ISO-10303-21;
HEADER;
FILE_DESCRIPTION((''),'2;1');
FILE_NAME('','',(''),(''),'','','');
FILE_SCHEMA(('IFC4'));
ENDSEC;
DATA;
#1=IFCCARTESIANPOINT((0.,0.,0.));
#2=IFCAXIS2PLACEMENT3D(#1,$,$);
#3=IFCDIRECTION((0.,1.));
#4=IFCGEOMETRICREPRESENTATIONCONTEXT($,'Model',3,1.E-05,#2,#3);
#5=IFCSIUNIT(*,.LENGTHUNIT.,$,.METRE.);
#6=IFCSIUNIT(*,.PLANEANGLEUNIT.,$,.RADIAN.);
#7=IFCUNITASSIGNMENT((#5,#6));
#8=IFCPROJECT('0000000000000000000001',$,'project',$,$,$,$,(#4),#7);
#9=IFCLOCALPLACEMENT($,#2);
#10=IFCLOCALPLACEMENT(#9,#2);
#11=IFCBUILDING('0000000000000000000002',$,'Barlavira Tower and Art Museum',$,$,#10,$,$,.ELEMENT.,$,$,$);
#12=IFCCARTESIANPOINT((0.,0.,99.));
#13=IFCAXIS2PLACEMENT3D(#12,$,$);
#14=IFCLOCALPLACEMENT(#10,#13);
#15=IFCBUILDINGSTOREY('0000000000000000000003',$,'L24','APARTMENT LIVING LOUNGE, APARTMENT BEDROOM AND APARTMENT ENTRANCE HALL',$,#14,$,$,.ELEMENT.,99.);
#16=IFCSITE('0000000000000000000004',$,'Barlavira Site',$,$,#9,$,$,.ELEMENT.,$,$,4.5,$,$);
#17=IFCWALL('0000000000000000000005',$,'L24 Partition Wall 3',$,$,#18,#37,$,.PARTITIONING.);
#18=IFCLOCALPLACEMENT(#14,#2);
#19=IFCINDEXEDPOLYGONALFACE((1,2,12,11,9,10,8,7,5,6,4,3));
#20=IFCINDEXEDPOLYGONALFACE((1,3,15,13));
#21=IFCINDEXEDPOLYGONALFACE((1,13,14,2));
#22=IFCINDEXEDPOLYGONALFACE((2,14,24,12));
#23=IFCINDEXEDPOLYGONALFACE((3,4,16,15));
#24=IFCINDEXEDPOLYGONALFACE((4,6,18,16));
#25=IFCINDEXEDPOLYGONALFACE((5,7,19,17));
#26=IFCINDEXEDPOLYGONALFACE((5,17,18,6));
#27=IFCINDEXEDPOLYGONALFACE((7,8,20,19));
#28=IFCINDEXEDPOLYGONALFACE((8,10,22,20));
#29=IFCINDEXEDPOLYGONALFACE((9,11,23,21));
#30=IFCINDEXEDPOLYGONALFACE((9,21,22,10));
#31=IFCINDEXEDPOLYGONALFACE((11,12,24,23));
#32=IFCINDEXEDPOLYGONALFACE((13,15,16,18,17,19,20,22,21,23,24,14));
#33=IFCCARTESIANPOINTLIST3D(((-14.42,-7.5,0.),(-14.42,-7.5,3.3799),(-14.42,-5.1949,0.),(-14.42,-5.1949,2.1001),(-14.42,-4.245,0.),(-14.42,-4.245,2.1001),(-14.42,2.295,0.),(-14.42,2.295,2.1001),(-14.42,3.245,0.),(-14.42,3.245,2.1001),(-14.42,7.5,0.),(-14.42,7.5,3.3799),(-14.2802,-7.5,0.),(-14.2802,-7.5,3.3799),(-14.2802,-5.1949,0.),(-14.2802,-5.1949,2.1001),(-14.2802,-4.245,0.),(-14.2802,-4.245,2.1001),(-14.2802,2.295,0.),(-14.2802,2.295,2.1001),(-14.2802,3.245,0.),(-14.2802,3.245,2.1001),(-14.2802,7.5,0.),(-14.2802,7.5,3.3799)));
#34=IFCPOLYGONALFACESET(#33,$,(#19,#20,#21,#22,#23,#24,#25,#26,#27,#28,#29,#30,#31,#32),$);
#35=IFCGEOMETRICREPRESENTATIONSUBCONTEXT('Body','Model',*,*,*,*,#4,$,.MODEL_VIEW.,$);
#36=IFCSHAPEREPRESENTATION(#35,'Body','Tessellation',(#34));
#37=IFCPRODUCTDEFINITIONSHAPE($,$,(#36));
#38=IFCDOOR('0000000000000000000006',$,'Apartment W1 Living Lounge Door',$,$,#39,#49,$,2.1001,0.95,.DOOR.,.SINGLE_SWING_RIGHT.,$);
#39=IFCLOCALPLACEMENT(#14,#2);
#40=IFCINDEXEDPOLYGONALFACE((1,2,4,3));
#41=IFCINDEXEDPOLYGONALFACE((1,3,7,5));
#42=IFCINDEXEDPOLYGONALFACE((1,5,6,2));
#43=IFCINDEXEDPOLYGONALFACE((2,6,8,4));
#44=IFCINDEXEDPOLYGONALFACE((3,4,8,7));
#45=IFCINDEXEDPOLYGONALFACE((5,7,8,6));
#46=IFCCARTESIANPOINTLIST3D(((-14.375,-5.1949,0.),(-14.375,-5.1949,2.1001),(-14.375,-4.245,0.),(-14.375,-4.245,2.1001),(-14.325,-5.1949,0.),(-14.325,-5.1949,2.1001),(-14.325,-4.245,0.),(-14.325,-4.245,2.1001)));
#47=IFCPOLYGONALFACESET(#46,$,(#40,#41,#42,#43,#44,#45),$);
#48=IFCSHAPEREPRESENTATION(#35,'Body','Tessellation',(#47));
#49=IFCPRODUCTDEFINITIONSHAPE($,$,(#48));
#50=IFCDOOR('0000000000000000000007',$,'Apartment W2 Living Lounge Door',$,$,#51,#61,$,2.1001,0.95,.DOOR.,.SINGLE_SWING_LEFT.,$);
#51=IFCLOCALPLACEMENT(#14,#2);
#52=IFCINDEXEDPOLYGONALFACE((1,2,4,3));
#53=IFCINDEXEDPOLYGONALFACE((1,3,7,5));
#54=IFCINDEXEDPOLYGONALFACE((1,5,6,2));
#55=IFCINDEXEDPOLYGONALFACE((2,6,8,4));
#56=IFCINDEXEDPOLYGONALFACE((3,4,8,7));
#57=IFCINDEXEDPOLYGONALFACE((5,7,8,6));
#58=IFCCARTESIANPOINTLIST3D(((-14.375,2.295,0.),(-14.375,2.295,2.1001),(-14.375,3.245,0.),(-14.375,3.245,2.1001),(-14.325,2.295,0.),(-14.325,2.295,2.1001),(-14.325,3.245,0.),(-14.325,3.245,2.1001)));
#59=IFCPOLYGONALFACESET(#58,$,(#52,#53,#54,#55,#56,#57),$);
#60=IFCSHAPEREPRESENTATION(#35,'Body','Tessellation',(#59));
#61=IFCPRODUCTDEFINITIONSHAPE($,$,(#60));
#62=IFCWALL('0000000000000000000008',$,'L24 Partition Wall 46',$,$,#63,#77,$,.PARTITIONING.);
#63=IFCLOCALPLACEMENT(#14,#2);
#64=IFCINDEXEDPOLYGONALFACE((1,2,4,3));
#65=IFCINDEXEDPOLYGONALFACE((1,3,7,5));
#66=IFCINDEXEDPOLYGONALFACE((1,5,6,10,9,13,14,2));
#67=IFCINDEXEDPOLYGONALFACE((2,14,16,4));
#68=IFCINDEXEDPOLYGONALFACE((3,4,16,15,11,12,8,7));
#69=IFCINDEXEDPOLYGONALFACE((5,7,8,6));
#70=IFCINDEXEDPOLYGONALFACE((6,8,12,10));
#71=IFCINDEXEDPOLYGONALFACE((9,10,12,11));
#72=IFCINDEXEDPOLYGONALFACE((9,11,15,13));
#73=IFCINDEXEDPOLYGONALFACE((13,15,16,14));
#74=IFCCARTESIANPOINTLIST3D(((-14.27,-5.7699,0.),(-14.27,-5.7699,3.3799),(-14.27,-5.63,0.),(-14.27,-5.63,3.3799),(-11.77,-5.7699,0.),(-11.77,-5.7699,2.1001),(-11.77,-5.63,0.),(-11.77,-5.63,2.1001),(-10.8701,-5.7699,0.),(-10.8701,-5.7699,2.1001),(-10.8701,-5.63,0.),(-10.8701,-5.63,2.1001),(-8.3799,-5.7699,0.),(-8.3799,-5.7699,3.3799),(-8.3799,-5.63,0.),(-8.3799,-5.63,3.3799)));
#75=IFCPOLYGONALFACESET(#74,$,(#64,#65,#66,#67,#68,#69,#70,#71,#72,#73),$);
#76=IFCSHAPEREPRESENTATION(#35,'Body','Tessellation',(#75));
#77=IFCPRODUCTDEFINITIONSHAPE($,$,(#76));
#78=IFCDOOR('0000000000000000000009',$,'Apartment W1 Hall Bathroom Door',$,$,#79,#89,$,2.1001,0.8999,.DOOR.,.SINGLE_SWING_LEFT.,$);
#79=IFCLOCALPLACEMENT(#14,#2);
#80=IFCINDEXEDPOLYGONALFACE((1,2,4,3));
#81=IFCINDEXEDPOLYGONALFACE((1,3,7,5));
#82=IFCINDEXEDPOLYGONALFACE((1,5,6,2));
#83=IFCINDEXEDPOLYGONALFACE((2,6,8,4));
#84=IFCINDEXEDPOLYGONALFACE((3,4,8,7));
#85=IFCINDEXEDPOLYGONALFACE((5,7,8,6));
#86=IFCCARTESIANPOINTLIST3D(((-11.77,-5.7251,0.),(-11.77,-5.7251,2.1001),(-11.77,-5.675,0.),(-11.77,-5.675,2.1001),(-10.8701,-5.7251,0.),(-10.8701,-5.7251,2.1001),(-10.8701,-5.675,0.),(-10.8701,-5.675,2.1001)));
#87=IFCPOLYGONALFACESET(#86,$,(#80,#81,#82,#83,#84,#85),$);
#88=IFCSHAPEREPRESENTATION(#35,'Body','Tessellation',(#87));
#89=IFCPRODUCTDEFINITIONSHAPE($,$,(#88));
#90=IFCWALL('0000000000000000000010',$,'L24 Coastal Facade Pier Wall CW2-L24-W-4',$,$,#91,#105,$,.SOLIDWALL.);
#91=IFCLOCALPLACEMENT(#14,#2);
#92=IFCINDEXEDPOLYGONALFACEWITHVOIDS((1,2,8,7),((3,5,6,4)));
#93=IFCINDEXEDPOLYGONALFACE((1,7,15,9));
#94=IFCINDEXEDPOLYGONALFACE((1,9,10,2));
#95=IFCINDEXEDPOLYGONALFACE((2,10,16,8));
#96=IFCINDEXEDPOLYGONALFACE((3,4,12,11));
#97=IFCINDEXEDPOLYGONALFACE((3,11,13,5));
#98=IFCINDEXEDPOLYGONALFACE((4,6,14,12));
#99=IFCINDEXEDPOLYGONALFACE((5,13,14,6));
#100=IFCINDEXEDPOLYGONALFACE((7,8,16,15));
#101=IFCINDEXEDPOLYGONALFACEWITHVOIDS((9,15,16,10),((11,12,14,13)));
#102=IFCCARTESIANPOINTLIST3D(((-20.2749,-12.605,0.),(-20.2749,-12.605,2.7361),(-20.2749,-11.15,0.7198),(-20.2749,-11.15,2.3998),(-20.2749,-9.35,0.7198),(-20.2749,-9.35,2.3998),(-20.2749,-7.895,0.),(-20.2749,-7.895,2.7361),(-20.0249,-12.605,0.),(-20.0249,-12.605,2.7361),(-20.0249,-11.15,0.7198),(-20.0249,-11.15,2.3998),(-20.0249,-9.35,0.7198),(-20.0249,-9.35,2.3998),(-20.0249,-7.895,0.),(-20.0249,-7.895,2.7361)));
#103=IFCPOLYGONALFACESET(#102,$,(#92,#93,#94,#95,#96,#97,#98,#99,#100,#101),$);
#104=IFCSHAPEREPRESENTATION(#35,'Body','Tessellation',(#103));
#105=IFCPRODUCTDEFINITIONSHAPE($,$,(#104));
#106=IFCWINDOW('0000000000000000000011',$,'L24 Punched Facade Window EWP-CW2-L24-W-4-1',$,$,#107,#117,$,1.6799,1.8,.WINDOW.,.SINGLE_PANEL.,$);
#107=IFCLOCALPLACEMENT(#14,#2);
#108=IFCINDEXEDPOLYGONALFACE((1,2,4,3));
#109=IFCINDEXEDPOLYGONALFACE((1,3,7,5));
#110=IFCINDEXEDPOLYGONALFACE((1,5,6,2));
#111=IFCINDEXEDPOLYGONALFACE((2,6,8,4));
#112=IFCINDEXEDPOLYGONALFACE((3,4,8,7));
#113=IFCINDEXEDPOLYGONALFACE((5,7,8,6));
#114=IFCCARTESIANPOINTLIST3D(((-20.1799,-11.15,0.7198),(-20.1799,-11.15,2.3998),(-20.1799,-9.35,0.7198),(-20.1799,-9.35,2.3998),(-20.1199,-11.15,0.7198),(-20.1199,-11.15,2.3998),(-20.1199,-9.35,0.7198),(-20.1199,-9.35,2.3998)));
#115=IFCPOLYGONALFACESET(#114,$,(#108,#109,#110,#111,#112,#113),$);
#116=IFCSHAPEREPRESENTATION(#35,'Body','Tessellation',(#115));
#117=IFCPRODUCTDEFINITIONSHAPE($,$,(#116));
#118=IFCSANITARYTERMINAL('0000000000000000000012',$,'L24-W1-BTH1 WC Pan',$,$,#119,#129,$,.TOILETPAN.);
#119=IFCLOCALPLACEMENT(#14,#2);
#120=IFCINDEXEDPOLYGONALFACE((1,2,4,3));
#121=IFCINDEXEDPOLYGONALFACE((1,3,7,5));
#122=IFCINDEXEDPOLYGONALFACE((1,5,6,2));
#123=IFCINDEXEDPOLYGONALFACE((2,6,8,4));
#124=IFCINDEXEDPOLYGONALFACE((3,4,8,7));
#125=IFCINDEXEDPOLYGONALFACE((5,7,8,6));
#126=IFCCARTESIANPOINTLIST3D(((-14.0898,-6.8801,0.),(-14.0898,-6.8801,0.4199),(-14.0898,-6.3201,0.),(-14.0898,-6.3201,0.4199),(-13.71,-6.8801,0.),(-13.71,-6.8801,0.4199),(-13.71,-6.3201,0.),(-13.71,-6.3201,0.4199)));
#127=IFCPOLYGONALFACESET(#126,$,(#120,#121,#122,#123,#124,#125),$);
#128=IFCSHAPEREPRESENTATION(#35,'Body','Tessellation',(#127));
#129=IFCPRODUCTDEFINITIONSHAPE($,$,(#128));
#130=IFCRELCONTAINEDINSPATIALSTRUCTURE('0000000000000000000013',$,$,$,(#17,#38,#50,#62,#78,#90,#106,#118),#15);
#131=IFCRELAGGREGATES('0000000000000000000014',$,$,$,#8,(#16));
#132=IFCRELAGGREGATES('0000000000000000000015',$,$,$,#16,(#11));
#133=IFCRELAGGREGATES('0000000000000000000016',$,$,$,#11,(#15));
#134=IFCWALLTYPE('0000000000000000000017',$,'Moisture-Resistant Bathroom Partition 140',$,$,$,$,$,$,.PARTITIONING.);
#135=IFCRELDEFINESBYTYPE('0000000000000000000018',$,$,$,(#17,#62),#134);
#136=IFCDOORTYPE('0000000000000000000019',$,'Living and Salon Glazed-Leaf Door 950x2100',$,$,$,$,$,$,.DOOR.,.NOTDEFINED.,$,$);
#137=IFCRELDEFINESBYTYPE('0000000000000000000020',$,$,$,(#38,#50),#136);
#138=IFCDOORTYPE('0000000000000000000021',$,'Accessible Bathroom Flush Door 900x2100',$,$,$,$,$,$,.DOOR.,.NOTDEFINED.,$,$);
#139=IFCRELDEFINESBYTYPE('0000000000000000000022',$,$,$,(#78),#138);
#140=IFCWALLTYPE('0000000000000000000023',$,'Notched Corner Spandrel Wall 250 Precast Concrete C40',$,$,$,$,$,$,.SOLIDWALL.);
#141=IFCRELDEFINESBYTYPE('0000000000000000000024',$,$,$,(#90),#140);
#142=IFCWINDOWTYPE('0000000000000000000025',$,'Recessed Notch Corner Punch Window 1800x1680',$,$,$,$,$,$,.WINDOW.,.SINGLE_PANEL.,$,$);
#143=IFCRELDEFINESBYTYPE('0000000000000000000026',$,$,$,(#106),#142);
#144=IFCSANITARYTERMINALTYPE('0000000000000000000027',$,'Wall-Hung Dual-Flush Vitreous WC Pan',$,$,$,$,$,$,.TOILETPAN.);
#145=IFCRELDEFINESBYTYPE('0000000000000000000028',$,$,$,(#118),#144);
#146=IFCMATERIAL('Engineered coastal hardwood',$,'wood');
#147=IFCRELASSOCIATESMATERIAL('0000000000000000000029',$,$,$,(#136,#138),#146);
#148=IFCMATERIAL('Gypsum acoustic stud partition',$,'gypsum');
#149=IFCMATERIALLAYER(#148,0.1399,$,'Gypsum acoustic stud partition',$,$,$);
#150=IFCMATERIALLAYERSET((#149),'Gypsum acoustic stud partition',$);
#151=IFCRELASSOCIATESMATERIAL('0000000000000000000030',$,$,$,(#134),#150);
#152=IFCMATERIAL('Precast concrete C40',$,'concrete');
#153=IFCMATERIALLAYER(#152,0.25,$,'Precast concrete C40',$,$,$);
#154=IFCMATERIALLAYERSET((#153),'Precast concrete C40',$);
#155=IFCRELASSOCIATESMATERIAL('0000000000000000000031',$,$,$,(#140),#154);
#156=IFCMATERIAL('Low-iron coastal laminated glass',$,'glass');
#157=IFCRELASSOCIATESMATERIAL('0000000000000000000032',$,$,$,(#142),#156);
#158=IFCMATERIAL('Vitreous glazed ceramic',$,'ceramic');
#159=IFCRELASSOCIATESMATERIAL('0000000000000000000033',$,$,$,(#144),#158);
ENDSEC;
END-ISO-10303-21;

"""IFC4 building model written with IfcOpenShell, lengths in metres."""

from ifc_helpers import new_model, si_unit, direction, frame, frame_2d, origin, origin_2d, place, context, subcontext, project, spatial, rectangle, extrude, material, layer, layer_set, type_object, element, fill, save


model = new_model("IFC4")

# Units and contexts
model_context = context("Model", 3, precision=1e-05, world=origin(), true_north=direction((0.0, 1.0)))
body_context = subcontext(model_context, "Body", "Model", "MODEL_VIEW")
ifc_project = project(units=[si_unit("LENGTHUNIT", "METRE"), si_unit("PLANEANGLEUNIT", "RADIAN")], contexts=[model_context])

# Site, building, storey
site_placement = place(None, origin())
site = spatial("IfcSite", under=ifc_project, at=site_placement, Name="Barlavira Site", CompositionType="ELEMENT", RefElevation=4.5)
building_placement = place(site_placement, origin())
building = spatial("IfcBuilding", under=site, at=building_placement, Name="Barlavira Tower and Art Museum", CompositionType="ELEMENT")
storey_placement = place(building_placement, frame((0.0, 0.0, 99.0)))
storey = spatial("IfcBuildingStorey", under=building, at=storey_placement, Name="L24", Description="APARTMENT LIVING LOUNGE, APARTMENT BEDROOM AND APARTMENT ENTRANCE HALL", CompositionType="ELEMENT", Elevation=99.0)

# Shared definitions
ifc_material_1 = material(Name="Low-iron coastal laminated glass", Category="glass")

# Shared definitions
ifc_material_2 = material(Name="Gypsum acoustic stud partition", Category="gypsum")
ifc_material_3 = material(Name="Engineered coastal hardwood", Category="wood")
door_type_1 = type_object("IfcDoorType", Name="Living and Salon Glazed-Leaf Door 950x2100", OperationType="NOTDEFINED", PredefinedType="DOOR", material=ifc_material_3)

# Wall, openings, doors
ifc_layer_1 = layer(ifc_material_2, 0.1399, Name="Gypsum acoustic stud partition")
ifc_layer_set_1 = layer_set([ifc_layer_1], Name="Gypsum acoustic stud partition")
wall_type_1 = type_object("IfcWallType", Name="Moisture-Resistant Bathroom Partition 140", PredefinedType="PARTITIONING", material=ifc_layer_set_1)
wall_1_placement = place(storey_placement, frame((-14.3501, -7.5, 0.0), z_axis=(0.0, 0.0, 1.0), x_axis=(0.0, 1.0, 0.0)))
wall_1 = element("IfcWall", 1, at=wall_1_placement, inside=storey, type_object=wall_type_1, Name="L24 Partition Wall 3", PredefinedType="PARTITIONING", context=body_context, shape_type="SweptSolid", body=[
    extrude(rectangle(XDim=15.0, YDim=0.1399, at=frame_2d((7.5, 0.0))), origin(), (0.0, 0.0, 1.0), 3.3799),
])
opening_1_placement = place(wall_1_placement, frame((2.3049, 0.0, 0.0)))
opening_1 = element("IfcOpeningElement", 2, at=opening_1_placement, cuts=wall_1, PredefinedType="OPENING", context=body_context, shape_type="SweptSolid", body=[
    extrude(rectangle(XDim=0.95, YDim=2.1001, at=frame_2d((0.4751, 1.05))), frame((0.0, 0.0801, 0.0), z_axis=(0.0, -1.0, 0.0), x_axis=(1.0, 0.0, 0.0)), (0.0, 0.0, 1.0), 0.1599),
])
opening_2_placement = place(wall_1_placement, frame((9.7949, 0.0, 0.0)))
opening_2 = element("IfcOpeningElement", 3, at=opening_2_placement, cuts=wall_1, PredefinedType="OPENING", context=body_context, shape_type="SweptSolid", body=[
    extrude(rectangle(XDim=0.95, YDim=2.1001, at=frame_2d((0.4751, 1.05))), frame((0.0, 0.0801, 0.0), z_axis=(0.0, -1.0, 0.0), x_axis=(1.0, 0.0, 0.0)), (0.0, 0.0, 1.0), 0.1599),
])
door_1_placement = place(opening_1_placement, origin())
door_1 = element("IfcDoor", 4, at=door_1_placement, inside=storey, type_object=door_type_1, Name="Apartment W1 Living Lounge Door", OperationType="SINGLE_SWING_RIGHT", OverallHeight=2.1001, OverallWidth=0.95, PredefinedType="DOOR", context=body_context, shape_type="SweptSolid", body=[
    extrude(rectangle(XDim=0.95, YDim=2.1001, at=frame_2d((0.4751, 1.05))), frame((0.0, 0.0249, 0.0), z_axis=(0.0, -1.0, 0.0), x_axis=(1.0, 0.0, 0.0)), (0.0, 0.0, 1.0), 0.05),
])
fill(opening_1, door_1)
door_2_placement = place(opening_2_placement, origin())
door_2 = element("IfcDoor", 5, at=door_2_placement, inside=storey, type_object=door_type_1, Name="Apartment W2 Living Lounge Door", OperationType="SINGLE_SWING_LEFT", OverallHeight=2.1001, OverallWidth=0.95, PredefinedType="DOOR", context=body_context, shape_type="SweptSolid", body=[
    extrude(rectangle(XDim=0.95, YDim=2.1001, at=frame_2d((0.4751, 1.05))), frame((0.0, 0.0249, 0.0), z_axis=(0.0, -1.0, 0.0), x_axis=(1.0, 0.0, 0.0)), (0.0, 0.0, 1.0), 0.05),
])
fill(opening_2, door_2)

# Wall, opening, door
wall_2_placement = place(storey_placement, frame((-14.27, -5.7, 0.0), z_axis=(0.0, 0.0, 1.0), x_axis=(1.0, 0.0, 0.0)))
wall_2 = element("IfcWall", 6, at=wall_2_placement, inside=storey, type_object=wall_type_1, Name="L24 Partition Wall 46", PredefinedType="PARTITIONING", context=body_context, shape_type="SweptSolid", body=[
    extrude(rectangle(XDim=5.8901, YDim=0.1399, at=frame_2d((2.9451, 0.0))), origin(), (0.0, 0.0, 1.0), 3.3799),
])
opening_3_placement = place(wall_2_placement, frame((2.5, 0.0, 0.0)))
opening_3 = element("IfcOpeningElement", 7, at=opening_3_placement, cuts=wall_2, PredefinedType="OPENING", context=body_context, shape_type="SweptSolid", body=[
    extrude(rectangle(XDim=0.8999, YDim=2.1001, at=frame_2d((0.45, 1.05))), frame((0.0, 0.0801, 0.0), z_axis=(0.0, -1.0, 0.0), x_axis=(1.0, 0.0, 0.0)), (0.0, 0.0, 1.0), 0.1599),
])
door_type_2 = type_object("IfcDoorType", Name="Accessible Bathroom Flush Door 900x2100", OperationType="NOTDEFINED", PredefinedType="DOOR", material=ifc_material_3)
door_3_placement = place(opening_3_placement, origin())
door_3 = element("IfcDoor", 8, at=door_3_placement, inside=storey, type_object=door_type_2, Name="Apartment W1 Hall Bathroom Door", OperationType="SINGLE_SWING_LEFT", OverallHeight=2.1001, OverallWidth=0.8999, PredefinedType="DOOR", context=body_context, shape_type="SweptSolid", body=[
    extrude(rectangle(XDim=0.8999, YDim=2.1001, at=frame_2d((0.45, 1.05))), frame((0.0, 0.0249, 0.0), z_axis=(0.0, -1.0, 0.0), x_axis=(1.0, 0.0, 0.0)), (0.0, 0.0, 1.0), 0.05),
])
fill(opening_3, door_3)

# Wall, opening, window
ifc_material_4 = material(Name="Precast concrete C40", Category="concrete")
ifc_layer_2 = layer(ifc_material_4, 0.25, Name="Precast concrete C40")
ifc_layer_set_2 = layer_set([ifc_layer_2], Name="Precast concrete C40")
wall_type_2 = type_object("IfcWallType", Name="Notched Corner Spandrel Wall 250 Precast Concrete C40", PredefinedType="SOLIDWALL", material=ifc_layer_set_2)
wall_3_placement = place(storey_placement, frame((-20.1499, -7.895, 0.0), z_axis=(0.0, 0.0, 1.0), x_axis=(0.0, -1.0, 0.0)))
wall_3 = element("IfcWall", 9, at=wall_3_placement, inside=storey, type_object=wall_type_2, Name="L24 Coastal Facade Pier Wall CW2-L24-W-4", PredefinedType="SOLIDWALL", context=body_context, shape_type="SweptSolid", body=[
    extrude(rectangle(XDim=4.71, YDim=0.25, at=frame_2d((2.355, 0.0))), origin(), (0.0, 0.0, 1.0), 2.7361),
])
opening_4_placement = place(wall_3_placement, frame((1.4551, 0.0, 0.72)))
opening_4 = element("IfcOpeningElement", 10, at=opening_4_placement, cuts=wall_3, PredefinedType="OPENING", context=body_context, shape_type="SweptSolid", body=[
    extrude(rectangle(XDim=1.8, YDim=1.6799, at=frame_2d((0.8999, 0.8398))), frame((0.0, 0.135, 0.0), z_axis=(0.0, -1.0, 0.0), x_axis=(1.0, 0.0, 0.0)), (0.0, 0.0, 1.0), 0.27),
])
window_type = type_object("IfcWindowType", Name="Recessed Notch Corner Punch Window 1800x1680", PartitioningType="SINGLE_PANEL", PredefinedType="WINDOW", material=ifc_material_1)
window_placement = place(opening_4_placement, origin())
window = element("IfcWindow", 11, at=window_placement, inside=storey, type_object=window_type, Name="L24 Punched Facade Window EWP-CW2-L24-W-4-1", OverallHeight=1.6799, OverallWidth=1.8, PartitioningType="SINGLE_PANEL", PredefinedType="WINDOW", context=body_context, shape_type="SweptSolid", body=[
    extrude(rectangle(XDim=1.8, YDim=1.6799, at=frame_2d((0.8999, 0.8398))), frame((0.0, 0.03, 0.0), z_axis=(0.0, -1.0, 0.0), x_axis=(1.0, 0.0, 0.0)), (0.0, 0.0, 1.0), 0.0601),
])
fill(opening_4, window)

# Sanitary terminal
ifc_material_5 = material(Name="Vitreous glazed ceramic", Category="ceramic")
sanitary_terminal_type = type_object("IfcSanitaryTerminalType", Name="Wall-Hung Dual-Flush Vitreous WC Pan", PredefinedType="TOILETPAN", material=ifc_material_5)
sanitary_terminal_placement = place(storey_placement, frame((-13.8999, -6.6001, 0.0), z_axis=(0.0, 0.0, 1.0), x_axis=(1.0, 0.0, 0.0)))
element("IfcSanitaryTerminal", 12, at=sanitary_terminal_placement, inside=storey, type_object=sanitary_terminal_type, Name="L24-W1-BTH1 WC Pan", PredefinedType="TOILETPAN", context=body_context, shape_type="SweptSolid", body=[
    extrude(rectangle(XDim=0.3799, YDim=0.5601, at=origin_2d()), origin(), (0.0, 0.0, 1.0), 0.4199),
])

save(model, "model.ifc")
